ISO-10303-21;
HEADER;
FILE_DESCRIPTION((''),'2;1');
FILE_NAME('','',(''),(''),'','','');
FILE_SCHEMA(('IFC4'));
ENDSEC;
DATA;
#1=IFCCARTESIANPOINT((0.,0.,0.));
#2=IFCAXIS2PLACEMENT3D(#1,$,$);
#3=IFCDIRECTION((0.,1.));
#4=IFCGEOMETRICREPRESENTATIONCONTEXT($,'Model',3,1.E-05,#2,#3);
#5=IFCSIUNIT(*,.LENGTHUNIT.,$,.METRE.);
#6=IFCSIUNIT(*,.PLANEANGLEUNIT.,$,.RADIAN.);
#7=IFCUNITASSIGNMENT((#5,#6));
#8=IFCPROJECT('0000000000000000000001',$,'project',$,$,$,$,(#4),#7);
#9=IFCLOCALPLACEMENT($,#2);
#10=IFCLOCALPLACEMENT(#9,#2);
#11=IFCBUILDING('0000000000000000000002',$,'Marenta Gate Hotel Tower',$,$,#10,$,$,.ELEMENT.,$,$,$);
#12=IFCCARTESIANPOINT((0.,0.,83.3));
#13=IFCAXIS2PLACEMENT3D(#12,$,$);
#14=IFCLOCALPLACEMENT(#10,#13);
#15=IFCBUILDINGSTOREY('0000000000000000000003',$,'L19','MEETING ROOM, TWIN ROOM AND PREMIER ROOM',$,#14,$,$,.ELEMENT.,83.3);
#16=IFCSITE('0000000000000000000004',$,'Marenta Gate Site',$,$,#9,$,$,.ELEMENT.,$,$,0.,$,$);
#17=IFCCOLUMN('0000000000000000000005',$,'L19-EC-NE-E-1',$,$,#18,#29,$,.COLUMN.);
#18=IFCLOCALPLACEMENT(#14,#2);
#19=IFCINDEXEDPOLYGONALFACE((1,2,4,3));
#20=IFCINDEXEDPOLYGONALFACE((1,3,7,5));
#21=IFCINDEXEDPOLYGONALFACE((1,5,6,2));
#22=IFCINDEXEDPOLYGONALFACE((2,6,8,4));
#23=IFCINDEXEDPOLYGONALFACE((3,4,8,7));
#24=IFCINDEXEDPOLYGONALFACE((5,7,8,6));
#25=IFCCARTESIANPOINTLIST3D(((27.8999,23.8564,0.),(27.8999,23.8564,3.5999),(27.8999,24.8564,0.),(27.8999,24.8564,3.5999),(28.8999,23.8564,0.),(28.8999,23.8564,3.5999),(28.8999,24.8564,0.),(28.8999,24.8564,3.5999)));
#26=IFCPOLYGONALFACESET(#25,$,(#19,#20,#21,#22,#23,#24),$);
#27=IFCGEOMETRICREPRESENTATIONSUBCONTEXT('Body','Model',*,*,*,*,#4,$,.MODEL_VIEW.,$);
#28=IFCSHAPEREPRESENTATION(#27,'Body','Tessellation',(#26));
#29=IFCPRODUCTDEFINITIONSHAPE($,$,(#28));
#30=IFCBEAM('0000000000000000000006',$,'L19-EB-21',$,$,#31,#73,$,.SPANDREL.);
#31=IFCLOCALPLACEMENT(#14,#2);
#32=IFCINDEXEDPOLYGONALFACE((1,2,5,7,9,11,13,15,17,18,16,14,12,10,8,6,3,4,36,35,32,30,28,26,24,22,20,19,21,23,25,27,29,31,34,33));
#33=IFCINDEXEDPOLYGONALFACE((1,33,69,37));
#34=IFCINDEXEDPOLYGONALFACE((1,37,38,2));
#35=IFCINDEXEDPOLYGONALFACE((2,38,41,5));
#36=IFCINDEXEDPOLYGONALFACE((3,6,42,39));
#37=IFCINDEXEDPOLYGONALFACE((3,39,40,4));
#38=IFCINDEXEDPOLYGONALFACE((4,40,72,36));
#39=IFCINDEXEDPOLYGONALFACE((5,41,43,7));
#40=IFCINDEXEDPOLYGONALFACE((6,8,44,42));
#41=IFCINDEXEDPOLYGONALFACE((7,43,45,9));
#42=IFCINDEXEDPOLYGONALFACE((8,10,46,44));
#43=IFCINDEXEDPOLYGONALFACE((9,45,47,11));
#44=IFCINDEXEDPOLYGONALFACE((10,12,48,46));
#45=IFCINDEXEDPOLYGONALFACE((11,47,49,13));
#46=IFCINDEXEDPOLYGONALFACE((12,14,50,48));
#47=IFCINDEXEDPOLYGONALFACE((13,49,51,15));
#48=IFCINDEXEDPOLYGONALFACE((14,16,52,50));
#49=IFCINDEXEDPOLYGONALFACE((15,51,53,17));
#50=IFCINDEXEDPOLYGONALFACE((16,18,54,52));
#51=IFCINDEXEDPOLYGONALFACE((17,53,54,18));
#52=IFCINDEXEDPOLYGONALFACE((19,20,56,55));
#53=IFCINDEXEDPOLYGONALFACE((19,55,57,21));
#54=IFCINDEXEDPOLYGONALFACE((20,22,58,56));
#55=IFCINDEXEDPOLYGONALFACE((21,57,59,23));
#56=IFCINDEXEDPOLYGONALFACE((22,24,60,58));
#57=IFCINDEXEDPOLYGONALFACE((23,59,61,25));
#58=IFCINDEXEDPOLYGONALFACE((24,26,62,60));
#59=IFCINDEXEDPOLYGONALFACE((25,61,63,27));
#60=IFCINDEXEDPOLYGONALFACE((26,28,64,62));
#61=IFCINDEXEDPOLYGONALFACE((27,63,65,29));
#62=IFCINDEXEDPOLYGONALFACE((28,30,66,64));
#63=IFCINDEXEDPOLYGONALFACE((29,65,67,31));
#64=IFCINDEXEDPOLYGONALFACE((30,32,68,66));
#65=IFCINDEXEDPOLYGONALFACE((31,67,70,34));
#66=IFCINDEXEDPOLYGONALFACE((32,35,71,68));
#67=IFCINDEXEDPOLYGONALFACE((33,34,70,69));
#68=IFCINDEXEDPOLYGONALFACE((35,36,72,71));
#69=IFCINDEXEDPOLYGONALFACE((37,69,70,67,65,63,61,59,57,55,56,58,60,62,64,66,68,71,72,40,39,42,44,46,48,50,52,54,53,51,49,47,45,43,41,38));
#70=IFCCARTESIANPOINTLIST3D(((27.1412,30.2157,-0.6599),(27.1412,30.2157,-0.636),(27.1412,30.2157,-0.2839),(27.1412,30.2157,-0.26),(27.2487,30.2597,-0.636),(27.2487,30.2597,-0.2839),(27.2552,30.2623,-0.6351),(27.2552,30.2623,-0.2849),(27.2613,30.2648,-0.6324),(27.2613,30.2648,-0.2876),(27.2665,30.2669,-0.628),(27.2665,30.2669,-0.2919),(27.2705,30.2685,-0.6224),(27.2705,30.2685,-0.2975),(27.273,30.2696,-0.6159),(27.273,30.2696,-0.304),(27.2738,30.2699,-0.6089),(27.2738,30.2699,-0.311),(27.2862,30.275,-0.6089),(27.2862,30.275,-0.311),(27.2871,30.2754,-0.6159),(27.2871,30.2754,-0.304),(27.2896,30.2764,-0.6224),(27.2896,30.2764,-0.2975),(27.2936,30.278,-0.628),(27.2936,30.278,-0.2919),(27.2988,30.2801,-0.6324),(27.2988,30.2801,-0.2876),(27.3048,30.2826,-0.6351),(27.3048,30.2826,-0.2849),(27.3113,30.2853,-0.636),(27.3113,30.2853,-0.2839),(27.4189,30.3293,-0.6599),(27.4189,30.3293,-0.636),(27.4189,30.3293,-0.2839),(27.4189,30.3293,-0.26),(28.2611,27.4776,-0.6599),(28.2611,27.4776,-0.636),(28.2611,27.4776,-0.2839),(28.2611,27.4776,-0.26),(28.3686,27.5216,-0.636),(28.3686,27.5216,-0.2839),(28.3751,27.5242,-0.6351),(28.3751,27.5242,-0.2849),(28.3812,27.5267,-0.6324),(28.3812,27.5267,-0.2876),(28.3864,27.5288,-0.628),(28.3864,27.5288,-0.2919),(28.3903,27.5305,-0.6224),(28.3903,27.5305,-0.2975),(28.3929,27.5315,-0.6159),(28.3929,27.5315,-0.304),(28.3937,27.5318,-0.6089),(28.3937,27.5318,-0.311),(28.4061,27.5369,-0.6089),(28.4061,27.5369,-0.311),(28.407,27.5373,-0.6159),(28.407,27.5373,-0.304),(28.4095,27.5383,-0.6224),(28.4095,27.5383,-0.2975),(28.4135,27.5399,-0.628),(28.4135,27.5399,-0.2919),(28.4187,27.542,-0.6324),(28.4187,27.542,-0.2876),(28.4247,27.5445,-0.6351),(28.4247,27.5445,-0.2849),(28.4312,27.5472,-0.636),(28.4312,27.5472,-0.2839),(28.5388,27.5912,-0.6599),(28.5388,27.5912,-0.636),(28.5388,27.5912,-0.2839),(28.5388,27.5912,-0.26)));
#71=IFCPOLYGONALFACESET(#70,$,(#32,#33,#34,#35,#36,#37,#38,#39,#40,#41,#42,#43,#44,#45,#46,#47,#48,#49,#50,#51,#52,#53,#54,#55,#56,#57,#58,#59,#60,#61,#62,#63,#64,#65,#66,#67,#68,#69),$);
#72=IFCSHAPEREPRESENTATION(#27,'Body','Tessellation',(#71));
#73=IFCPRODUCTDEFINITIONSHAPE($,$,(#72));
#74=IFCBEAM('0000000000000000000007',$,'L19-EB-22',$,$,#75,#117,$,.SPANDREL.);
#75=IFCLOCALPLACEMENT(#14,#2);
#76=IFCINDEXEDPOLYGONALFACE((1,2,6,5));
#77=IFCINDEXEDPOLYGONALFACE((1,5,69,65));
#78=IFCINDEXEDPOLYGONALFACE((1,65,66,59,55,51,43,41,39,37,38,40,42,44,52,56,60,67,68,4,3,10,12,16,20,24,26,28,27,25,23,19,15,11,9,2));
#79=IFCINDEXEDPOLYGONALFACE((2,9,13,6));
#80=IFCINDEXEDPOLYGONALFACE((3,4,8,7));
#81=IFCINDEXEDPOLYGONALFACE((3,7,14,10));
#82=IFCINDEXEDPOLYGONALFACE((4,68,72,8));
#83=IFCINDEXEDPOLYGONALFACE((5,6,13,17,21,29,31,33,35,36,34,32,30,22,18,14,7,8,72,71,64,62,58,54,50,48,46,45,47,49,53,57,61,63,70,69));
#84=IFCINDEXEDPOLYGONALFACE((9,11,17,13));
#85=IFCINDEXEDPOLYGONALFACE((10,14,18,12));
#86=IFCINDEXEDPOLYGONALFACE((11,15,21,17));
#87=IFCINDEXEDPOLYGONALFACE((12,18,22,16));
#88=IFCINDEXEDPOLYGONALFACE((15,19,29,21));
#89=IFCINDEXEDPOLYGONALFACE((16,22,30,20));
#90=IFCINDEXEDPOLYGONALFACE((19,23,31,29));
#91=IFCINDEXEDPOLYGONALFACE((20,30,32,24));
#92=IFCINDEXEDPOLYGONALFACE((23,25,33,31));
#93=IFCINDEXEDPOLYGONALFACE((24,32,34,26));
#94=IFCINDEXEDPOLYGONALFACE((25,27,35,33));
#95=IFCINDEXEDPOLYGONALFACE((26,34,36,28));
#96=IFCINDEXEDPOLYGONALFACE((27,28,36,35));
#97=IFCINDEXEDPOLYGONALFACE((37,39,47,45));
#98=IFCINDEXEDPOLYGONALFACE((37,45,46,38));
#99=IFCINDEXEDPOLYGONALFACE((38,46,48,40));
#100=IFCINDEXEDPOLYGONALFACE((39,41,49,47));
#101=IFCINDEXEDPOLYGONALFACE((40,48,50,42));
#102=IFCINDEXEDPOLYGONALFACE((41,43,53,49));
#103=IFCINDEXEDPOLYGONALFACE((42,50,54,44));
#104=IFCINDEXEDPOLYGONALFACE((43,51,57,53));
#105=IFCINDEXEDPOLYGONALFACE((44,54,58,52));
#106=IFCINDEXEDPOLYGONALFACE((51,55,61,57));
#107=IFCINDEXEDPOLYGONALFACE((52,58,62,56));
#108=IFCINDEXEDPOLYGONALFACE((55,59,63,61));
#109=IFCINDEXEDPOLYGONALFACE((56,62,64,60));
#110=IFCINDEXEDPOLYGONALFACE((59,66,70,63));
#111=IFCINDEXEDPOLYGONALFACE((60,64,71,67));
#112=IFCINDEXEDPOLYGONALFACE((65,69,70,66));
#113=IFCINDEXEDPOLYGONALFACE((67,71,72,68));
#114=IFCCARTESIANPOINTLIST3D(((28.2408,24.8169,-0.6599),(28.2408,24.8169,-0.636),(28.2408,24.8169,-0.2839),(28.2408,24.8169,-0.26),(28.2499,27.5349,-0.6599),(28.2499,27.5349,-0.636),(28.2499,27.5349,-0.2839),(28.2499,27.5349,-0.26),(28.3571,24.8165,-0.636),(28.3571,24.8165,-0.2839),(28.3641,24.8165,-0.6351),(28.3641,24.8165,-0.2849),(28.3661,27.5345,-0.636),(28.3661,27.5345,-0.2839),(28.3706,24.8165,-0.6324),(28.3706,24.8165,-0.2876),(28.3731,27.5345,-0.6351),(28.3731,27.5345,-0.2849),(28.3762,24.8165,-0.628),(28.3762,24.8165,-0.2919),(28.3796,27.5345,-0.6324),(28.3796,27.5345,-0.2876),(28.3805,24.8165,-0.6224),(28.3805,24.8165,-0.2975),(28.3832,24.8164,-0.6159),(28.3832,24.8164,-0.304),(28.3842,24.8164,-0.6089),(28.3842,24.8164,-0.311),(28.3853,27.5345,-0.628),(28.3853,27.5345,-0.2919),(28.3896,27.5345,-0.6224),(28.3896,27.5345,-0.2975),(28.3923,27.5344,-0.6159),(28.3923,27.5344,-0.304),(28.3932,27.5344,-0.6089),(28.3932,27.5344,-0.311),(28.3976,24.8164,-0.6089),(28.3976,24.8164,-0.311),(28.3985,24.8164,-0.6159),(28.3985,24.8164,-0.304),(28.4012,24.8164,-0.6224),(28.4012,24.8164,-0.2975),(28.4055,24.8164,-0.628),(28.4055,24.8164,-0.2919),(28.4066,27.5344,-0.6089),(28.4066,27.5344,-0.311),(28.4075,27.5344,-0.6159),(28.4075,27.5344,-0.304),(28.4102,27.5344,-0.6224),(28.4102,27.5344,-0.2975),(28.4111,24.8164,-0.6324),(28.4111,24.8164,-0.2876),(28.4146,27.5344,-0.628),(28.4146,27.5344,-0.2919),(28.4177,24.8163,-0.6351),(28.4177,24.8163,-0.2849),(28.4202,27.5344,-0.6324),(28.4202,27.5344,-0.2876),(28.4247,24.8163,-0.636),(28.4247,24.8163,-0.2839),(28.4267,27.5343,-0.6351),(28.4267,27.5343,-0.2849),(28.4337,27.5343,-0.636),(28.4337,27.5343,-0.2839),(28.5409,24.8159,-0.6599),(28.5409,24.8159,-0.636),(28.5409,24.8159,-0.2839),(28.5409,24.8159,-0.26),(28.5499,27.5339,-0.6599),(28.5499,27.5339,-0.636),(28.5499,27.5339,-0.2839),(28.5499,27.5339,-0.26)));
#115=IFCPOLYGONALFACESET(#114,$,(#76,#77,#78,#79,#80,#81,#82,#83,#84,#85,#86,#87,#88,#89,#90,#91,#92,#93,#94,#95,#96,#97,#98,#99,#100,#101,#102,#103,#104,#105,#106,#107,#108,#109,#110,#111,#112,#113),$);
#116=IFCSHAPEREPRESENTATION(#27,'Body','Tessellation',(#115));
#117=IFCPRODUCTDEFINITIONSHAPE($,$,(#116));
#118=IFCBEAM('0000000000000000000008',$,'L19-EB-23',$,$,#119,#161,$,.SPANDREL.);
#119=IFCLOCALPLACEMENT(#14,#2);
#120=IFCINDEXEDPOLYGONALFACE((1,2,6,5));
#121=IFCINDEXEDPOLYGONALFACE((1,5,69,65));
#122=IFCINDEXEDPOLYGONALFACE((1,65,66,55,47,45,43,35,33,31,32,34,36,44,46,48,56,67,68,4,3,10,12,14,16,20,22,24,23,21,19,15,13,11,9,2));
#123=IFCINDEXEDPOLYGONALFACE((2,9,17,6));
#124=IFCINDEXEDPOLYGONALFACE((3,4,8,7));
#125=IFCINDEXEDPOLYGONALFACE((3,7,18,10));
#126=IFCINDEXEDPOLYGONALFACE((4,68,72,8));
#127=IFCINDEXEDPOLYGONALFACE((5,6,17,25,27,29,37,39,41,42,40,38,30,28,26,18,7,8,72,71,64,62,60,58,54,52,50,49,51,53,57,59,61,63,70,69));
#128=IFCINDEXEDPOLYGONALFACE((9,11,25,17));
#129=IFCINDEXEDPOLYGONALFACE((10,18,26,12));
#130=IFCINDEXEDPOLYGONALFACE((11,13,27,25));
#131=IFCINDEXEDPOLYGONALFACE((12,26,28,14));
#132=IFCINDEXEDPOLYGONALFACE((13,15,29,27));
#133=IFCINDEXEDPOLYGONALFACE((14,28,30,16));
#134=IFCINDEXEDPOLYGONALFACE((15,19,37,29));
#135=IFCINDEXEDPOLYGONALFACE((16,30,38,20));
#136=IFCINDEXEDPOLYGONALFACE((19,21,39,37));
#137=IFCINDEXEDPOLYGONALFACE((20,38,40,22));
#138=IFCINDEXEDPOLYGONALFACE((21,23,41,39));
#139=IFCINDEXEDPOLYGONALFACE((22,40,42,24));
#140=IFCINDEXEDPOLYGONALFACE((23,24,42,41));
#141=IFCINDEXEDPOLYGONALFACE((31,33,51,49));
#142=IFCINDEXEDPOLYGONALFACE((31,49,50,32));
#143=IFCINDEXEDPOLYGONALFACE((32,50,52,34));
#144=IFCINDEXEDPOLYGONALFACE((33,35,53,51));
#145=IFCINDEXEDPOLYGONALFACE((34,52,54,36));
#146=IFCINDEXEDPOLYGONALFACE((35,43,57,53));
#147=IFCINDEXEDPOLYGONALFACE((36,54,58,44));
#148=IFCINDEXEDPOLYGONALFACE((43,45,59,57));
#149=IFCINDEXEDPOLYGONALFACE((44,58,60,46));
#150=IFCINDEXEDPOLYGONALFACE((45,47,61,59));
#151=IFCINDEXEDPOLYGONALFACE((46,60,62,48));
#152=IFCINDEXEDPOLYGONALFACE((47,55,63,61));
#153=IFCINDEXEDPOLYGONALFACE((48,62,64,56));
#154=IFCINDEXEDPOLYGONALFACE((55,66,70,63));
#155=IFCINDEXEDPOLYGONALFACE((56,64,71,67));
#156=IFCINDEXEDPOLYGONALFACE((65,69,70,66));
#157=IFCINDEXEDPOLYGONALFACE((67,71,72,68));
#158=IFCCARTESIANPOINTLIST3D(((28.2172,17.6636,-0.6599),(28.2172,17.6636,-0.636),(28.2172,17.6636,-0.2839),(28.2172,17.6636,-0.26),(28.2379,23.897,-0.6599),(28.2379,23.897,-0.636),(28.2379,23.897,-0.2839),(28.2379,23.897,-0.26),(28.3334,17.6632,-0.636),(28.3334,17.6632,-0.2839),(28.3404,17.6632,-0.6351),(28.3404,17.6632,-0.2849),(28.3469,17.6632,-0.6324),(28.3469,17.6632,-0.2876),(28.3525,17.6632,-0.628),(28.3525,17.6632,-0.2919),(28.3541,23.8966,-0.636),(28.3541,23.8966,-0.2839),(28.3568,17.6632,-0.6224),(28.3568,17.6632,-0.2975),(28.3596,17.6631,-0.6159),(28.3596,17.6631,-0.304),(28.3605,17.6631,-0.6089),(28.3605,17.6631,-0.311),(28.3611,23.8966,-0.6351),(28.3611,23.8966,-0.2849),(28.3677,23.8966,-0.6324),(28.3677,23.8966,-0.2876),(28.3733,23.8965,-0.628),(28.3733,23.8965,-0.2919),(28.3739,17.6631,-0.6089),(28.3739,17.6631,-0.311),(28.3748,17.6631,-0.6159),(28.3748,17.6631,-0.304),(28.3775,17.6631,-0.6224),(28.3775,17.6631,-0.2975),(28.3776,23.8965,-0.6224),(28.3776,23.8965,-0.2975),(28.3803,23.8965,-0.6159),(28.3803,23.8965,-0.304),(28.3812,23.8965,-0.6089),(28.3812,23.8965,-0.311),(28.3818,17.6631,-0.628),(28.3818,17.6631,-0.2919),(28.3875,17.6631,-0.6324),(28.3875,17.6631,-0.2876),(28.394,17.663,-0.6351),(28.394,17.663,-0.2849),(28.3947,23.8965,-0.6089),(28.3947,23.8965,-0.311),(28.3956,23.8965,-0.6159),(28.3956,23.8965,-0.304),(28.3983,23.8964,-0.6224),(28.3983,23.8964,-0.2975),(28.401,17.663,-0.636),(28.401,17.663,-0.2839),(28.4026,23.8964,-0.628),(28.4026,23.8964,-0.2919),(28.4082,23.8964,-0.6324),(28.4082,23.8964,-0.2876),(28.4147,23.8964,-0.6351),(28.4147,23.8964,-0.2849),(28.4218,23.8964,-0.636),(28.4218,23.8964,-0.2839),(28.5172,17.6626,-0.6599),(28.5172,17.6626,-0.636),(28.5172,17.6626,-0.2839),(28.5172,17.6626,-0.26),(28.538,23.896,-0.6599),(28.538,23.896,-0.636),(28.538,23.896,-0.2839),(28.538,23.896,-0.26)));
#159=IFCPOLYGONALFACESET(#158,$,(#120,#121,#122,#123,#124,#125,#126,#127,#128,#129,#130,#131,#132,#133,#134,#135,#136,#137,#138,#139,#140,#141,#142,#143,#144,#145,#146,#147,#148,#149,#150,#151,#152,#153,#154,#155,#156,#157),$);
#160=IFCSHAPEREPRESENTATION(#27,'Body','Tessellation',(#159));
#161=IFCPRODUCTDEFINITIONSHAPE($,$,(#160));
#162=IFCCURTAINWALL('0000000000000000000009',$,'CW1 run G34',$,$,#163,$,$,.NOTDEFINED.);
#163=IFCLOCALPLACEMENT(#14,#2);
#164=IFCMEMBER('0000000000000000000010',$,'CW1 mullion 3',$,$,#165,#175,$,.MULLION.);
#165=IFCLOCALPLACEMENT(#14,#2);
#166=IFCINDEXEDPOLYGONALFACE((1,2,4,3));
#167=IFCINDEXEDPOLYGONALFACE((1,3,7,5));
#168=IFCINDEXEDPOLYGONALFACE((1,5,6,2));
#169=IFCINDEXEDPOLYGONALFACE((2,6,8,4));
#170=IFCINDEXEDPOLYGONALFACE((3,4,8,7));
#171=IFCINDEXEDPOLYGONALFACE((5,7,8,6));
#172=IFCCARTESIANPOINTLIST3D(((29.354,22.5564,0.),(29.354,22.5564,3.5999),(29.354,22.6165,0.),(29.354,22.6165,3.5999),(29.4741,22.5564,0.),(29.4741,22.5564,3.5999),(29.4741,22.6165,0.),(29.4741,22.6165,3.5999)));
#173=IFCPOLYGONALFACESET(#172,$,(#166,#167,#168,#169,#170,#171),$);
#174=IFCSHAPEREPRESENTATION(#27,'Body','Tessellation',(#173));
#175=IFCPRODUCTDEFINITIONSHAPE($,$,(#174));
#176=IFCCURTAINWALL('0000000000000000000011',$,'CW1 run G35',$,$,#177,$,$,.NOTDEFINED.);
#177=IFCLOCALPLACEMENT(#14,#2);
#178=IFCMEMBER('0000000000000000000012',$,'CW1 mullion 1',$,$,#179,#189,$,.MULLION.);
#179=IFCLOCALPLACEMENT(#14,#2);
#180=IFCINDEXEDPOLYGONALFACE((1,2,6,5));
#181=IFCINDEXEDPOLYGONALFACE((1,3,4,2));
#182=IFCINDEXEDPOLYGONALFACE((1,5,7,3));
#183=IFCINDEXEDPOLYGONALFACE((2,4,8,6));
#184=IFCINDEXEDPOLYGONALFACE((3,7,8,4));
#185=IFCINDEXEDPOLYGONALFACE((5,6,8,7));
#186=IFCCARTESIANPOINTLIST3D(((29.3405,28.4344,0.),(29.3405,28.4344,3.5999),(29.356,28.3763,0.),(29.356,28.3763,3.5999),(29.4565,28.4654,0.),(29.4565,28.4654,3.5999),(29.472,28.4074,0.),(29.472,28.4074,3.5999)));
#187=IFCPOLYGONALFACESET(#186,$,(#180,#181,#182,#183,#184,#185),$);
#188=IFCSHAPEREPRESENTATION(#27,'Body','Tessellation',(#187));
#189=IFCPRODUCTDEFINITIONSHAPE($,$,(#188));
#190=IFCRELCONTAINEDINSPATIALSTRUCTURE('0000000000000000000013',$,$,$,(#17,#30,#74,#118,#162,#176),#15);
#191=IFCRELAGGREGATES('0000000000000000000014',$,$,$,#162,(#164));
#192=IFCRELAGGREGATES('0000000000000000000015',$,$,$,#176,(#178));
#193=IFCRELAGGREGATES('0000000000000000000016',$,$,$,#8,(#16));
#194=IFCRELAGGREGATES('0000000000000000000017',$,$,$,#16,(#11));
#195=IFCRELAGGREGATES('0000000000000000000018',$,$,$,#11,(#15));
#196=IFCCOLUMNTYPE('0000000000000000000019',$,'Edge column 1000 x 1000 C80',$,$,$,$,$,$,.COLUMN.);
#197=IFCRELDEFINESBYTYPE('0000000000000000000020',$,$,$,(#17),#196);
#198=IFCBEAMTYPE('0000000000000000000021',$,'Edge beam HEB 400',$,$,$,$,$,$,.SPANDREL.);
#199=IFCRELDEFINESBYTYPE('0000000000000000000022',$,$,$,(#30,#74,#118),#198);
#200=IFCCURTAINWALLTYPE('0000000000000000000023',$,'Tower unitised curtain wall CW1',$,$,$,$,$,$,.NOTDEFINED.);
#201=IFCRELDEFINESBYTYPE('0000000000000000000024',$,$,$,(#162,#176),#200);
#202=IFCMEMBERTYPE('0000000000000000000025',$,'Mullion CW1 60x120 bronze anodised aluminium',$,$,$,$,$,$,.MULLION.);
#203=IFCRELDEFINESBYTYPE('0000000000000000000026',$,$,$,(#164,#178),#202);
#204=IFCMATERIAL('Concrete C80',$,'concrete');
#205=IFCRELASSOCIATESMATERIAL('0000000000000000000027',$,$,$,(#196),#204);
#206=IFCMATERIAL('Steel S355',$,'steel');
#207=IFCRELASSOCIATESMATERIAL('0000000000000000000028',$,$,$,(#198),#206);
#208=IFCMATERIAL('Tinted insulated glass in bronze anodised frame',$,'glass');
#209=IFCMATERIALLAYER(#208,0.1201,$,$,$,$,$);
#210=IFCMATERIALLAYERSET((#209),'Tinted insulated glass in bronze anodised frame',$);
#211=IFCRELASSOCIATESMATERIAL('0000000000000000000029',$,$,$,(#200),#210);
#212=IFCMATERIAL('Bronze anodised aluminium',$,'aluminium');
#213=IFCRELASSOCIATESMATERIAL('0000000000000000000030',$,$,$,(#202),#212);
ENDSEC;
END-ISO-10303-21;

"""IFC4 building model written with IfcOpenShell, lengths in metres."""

from ifc_helpers import new_model, si_unit, direction, frame, origin, origin_2d, place, context, subcontext, project, spatial, rectangle, i_section, extrude, material, layer, layer_set, material_profile, profile_set, type_object, element, aggregate, save


model = new_model("IFC4")

# Units and contexts
model_context = context("Model", 3, precision=1e-05, world=origin(), true_north=direction((0.0, 1.0)))
body_context = subcontext(model_context, "Body", "Model", "MODEL_VIEW")
ifc_project = project(units=[si_unit("LENGTHUNIT", "METRE"), si_unit("PLANEANGLEUNIT", "RADIAN")], contexts=[model_context])

# Site, building, storey
site_placement = place(None, origin())
site = spatial("IfcSite", under=ifc_project, at=site_placement, Name="Marenta Gate Site", CompositionType="ELEMENT", RefElevation=0.0)
building_placement = place(site_placement, origin())
building = spatial("IfcBuilding", under=site, at=building_placement, Name="Marenta Gate Hotel Tower", CompositionType="ELEMENT")
storey_placement = place(building_placement, frame((0.0, 0.0, 83.3)))
storey = spatial("IfcBuildingStorey", under=building, at=storey_placement, Name="L19", Description="MEETING ROOM, TWIN ROOM AND PREMIER ROOM", CompositionType="ELEMENT", Elevation=83.3)

# Column
ifc_material_1 = material(Name="Concrete C80", Category="concrete")
ifc_material_profile_1 = material_profile(ifc_material_1, rectangle(XDim=1.0, YDim=1.0, at=origin_2d()), Name="1000 x 1000")
ifc_profile_set_1 = profile_set([ifc_material_profile_1], Name="Concrete C80")
column_type = type_object("IfcColumnType", Name="Edge column 1000 x 1000 C80", PredefinedType="COLUMN", material=ifc_profile_set_1)
column_placement = place(storey_placement, frame((28.3999, 24.3564, 0.0), z_axis=(0.0, 0.0, 1.0), x_axis=(1.0, 0.0, 0.0)))
element("IfcColumn", 1, at=column_placement, inside=storey, type_object=column_type, Name="L19-EC-NE-E-1", PredefinedType="COLUMN", context=body_context, shape_type="SweptSolid", body=[
    extrude(rectangle(XDim=1.0, YDim=1.0, at=origin_2d()), origin(), (0.0, 0.0, 1.0), 3.5999),
])

# Beams
ifc_material_2 = material(Name="Steel S355", Category="steel")
ifc_material_profile_2 = material_profile(ifc_material_2, i_section(OverallWidth=0.3, OverallDepth=0.3999, WebThickness=0.0134, FlangeThickness=0.0239, FilletRadius=0.0271, at=origin_2d()), Name="HEB 400")
ifc_profile_set_2 = profile_set([ifc_material_profile_2], Name="Steel S355")
beam_type = type_object("IfcBeamType", Name="Edge beam HEB 400", PredefinedType="SPANDREL", material=ifc_profile_set_2)
beam_1_placement = place(storey_placement, frame((27.28, 30.2725, -0.46), z_axis=(0.378565, -0.925575, 0.0), x_axis=(0.925575, 0.378565, 0.0)))
element("IfcBeam", 2, at=beam_1_placement, inside=storey, type_object=beam_type, Name="L19-EB-21", PredefinedType="SPANDREL", context=body_context, shape_type="SweptSolid", body=[
    extrude(i_section(OverallWidth=0.3, OverallDepth=0.3999, WebThickness=0.0134, FlangeThickness=0.0239, FilletRadius=0.0271, at=origin_2d()), origin(), (0.0, 0.0, 1.0), 2.9583),
])
beam_2_placement = place(storey_placement, frame((28.3999, 27.5344, -0.46), z_axis=(-0.003323, -0.999994, 0.0), x_axis=(0.999994, -0.003323, 0.0)))
element("IfcBeam", 3, at=beam_2_placement, inside=storey, type_object=beam_type, Name="L19-EB-22", PredefinedType="SPANDREL", context=body_context, shape_type="SweptSolid", body=[
    extrude(i_section(OverallWidth=0.3, OverallDepth=0.3999, WebThickness=0.0134, FlangeThickness=0.0239, FilletRadius=0.0271, at=origin_2d()), origin(), (0.0, 0.0, 1.0), 2.718),
])
beam_3_placement = place(storey_placement, frame((28.3879, 23.8965, -0.46), z_axis=(-0.003329, -0.999994, 0.0), x_axis=(0.999994, -0.003329, 0.0)))
element("IfcBeam", 4, at=beam_3_placement, inside=storey, type_object=beam_type, Name="L19-EB-23", PredefinedType="SPANDREL", context=body_context, shape_type="SweptSolid", body=[
    extrude(i_section(OverallWidth=0.3, OverallDepth=0.3999, WebThickness=0.0134, FlangeThickness=0.0239, FilletRadius=0.0271, at=origin_2d()), origin(), (0.0, 0.0, 1.0), 6.2334),
])

# Curtain walls, members
ifc_material_3 = material(Name="Tinted insulated glass in bronze anodised frame", Category="glass")
ifc_layer_1 = layer(ifc_material_3, 0.1201)
ifc_layer_set_1 = layer_set([ifc_layer_1], Name="Tinted insulated glass in bronze anodised frame")
curtain_wall_type = type_object("IfcCurtainWallType", Name="Tower unitised curtain wall CW1", PredefinedType="NOTDEFINED", material=ifc_layer_set_1)
curtain_wall_1_placement = place(storey_placement, origin())
curtain_wall_1 = element("IfcCurtainWall", 5, at=curtain_wall_1_placement, inside=storey, type_object=curtain_wall_type, Name="CW1 run G34", PredefinedType="NOTDEFINED")
ifc_material_4 = material(Name="Bronze anodised aluminium", Category="aluminium")
ifc_material_profile_3 = material_profile(ifc_material_4, rectangle(XDim=0.1201, YDim=0.0601, at=origin_2d()), Name="Mullion CW1 60x120 bronze anodised aluminium")
ifc_profile_set_3 = profile_set([ifc_material_profile_3], Name="Bronze anodised aluminium")
member_type_1 = type_object("IfcMemberType", Name="Mullion CW1 60x120 bronze anodised aluminium", PredefinedType="MULLION", material=ifc_profile_set_3)
member_1_placement = place(storey_placement, frame((29.4141, 22.5864, 0.0), z_axis=(0.0, 0.0, 1.0), x_axis=(-1.0, 0.0, 0.0)))
member_1 = element("IfcMember", 6, at=member_1_placement, type_object=member_type_1, Name="CW1 mullion 3", PredefinedType="MULLION", context=body_context, shape_type="SweptSolid", body=[
    extrude(rectangle(XDim=0.1201, YDim=0.0601, at=origin_2d()), origin(), (0.0, 0.0, 1.0), 3.5999),
])
curtain_wall_2_placement = place(storey_placement, origin())
curtain_wall_2 = element("IfcCurtainWall", 7, at=curtain_wall_2_placement, inside=storey, type_object=curtain_wall_type, Name="CW1 run G35", PredefinedType="NOTDEFINED")
member_2_placement = place(storey_placement, frame((29.4062, 28.4209, 0.0), z_axis=(0.0, 0.0, 1.0), x_axis=(-0.965927, -0.258816, 0.0)))
member_2 = element("IfcMember", 8, at=member_2_placement, type_object=member_type_1, Name="CW1 mullion 1", PredefinedType="MULLION", context=body_context, shape_type="SweptSolid", body=[
    extrude(rectangle(XDim=0.1201, YDim=0.0601, at=origin_2d()), origin(), (0.0, 0.0, 1.0), 3.5999),
])

aggregate(curtain_wall_1, [member_1])
aggregate(curtain_wall_2, [member_2])

save(model, "model.ifc")
